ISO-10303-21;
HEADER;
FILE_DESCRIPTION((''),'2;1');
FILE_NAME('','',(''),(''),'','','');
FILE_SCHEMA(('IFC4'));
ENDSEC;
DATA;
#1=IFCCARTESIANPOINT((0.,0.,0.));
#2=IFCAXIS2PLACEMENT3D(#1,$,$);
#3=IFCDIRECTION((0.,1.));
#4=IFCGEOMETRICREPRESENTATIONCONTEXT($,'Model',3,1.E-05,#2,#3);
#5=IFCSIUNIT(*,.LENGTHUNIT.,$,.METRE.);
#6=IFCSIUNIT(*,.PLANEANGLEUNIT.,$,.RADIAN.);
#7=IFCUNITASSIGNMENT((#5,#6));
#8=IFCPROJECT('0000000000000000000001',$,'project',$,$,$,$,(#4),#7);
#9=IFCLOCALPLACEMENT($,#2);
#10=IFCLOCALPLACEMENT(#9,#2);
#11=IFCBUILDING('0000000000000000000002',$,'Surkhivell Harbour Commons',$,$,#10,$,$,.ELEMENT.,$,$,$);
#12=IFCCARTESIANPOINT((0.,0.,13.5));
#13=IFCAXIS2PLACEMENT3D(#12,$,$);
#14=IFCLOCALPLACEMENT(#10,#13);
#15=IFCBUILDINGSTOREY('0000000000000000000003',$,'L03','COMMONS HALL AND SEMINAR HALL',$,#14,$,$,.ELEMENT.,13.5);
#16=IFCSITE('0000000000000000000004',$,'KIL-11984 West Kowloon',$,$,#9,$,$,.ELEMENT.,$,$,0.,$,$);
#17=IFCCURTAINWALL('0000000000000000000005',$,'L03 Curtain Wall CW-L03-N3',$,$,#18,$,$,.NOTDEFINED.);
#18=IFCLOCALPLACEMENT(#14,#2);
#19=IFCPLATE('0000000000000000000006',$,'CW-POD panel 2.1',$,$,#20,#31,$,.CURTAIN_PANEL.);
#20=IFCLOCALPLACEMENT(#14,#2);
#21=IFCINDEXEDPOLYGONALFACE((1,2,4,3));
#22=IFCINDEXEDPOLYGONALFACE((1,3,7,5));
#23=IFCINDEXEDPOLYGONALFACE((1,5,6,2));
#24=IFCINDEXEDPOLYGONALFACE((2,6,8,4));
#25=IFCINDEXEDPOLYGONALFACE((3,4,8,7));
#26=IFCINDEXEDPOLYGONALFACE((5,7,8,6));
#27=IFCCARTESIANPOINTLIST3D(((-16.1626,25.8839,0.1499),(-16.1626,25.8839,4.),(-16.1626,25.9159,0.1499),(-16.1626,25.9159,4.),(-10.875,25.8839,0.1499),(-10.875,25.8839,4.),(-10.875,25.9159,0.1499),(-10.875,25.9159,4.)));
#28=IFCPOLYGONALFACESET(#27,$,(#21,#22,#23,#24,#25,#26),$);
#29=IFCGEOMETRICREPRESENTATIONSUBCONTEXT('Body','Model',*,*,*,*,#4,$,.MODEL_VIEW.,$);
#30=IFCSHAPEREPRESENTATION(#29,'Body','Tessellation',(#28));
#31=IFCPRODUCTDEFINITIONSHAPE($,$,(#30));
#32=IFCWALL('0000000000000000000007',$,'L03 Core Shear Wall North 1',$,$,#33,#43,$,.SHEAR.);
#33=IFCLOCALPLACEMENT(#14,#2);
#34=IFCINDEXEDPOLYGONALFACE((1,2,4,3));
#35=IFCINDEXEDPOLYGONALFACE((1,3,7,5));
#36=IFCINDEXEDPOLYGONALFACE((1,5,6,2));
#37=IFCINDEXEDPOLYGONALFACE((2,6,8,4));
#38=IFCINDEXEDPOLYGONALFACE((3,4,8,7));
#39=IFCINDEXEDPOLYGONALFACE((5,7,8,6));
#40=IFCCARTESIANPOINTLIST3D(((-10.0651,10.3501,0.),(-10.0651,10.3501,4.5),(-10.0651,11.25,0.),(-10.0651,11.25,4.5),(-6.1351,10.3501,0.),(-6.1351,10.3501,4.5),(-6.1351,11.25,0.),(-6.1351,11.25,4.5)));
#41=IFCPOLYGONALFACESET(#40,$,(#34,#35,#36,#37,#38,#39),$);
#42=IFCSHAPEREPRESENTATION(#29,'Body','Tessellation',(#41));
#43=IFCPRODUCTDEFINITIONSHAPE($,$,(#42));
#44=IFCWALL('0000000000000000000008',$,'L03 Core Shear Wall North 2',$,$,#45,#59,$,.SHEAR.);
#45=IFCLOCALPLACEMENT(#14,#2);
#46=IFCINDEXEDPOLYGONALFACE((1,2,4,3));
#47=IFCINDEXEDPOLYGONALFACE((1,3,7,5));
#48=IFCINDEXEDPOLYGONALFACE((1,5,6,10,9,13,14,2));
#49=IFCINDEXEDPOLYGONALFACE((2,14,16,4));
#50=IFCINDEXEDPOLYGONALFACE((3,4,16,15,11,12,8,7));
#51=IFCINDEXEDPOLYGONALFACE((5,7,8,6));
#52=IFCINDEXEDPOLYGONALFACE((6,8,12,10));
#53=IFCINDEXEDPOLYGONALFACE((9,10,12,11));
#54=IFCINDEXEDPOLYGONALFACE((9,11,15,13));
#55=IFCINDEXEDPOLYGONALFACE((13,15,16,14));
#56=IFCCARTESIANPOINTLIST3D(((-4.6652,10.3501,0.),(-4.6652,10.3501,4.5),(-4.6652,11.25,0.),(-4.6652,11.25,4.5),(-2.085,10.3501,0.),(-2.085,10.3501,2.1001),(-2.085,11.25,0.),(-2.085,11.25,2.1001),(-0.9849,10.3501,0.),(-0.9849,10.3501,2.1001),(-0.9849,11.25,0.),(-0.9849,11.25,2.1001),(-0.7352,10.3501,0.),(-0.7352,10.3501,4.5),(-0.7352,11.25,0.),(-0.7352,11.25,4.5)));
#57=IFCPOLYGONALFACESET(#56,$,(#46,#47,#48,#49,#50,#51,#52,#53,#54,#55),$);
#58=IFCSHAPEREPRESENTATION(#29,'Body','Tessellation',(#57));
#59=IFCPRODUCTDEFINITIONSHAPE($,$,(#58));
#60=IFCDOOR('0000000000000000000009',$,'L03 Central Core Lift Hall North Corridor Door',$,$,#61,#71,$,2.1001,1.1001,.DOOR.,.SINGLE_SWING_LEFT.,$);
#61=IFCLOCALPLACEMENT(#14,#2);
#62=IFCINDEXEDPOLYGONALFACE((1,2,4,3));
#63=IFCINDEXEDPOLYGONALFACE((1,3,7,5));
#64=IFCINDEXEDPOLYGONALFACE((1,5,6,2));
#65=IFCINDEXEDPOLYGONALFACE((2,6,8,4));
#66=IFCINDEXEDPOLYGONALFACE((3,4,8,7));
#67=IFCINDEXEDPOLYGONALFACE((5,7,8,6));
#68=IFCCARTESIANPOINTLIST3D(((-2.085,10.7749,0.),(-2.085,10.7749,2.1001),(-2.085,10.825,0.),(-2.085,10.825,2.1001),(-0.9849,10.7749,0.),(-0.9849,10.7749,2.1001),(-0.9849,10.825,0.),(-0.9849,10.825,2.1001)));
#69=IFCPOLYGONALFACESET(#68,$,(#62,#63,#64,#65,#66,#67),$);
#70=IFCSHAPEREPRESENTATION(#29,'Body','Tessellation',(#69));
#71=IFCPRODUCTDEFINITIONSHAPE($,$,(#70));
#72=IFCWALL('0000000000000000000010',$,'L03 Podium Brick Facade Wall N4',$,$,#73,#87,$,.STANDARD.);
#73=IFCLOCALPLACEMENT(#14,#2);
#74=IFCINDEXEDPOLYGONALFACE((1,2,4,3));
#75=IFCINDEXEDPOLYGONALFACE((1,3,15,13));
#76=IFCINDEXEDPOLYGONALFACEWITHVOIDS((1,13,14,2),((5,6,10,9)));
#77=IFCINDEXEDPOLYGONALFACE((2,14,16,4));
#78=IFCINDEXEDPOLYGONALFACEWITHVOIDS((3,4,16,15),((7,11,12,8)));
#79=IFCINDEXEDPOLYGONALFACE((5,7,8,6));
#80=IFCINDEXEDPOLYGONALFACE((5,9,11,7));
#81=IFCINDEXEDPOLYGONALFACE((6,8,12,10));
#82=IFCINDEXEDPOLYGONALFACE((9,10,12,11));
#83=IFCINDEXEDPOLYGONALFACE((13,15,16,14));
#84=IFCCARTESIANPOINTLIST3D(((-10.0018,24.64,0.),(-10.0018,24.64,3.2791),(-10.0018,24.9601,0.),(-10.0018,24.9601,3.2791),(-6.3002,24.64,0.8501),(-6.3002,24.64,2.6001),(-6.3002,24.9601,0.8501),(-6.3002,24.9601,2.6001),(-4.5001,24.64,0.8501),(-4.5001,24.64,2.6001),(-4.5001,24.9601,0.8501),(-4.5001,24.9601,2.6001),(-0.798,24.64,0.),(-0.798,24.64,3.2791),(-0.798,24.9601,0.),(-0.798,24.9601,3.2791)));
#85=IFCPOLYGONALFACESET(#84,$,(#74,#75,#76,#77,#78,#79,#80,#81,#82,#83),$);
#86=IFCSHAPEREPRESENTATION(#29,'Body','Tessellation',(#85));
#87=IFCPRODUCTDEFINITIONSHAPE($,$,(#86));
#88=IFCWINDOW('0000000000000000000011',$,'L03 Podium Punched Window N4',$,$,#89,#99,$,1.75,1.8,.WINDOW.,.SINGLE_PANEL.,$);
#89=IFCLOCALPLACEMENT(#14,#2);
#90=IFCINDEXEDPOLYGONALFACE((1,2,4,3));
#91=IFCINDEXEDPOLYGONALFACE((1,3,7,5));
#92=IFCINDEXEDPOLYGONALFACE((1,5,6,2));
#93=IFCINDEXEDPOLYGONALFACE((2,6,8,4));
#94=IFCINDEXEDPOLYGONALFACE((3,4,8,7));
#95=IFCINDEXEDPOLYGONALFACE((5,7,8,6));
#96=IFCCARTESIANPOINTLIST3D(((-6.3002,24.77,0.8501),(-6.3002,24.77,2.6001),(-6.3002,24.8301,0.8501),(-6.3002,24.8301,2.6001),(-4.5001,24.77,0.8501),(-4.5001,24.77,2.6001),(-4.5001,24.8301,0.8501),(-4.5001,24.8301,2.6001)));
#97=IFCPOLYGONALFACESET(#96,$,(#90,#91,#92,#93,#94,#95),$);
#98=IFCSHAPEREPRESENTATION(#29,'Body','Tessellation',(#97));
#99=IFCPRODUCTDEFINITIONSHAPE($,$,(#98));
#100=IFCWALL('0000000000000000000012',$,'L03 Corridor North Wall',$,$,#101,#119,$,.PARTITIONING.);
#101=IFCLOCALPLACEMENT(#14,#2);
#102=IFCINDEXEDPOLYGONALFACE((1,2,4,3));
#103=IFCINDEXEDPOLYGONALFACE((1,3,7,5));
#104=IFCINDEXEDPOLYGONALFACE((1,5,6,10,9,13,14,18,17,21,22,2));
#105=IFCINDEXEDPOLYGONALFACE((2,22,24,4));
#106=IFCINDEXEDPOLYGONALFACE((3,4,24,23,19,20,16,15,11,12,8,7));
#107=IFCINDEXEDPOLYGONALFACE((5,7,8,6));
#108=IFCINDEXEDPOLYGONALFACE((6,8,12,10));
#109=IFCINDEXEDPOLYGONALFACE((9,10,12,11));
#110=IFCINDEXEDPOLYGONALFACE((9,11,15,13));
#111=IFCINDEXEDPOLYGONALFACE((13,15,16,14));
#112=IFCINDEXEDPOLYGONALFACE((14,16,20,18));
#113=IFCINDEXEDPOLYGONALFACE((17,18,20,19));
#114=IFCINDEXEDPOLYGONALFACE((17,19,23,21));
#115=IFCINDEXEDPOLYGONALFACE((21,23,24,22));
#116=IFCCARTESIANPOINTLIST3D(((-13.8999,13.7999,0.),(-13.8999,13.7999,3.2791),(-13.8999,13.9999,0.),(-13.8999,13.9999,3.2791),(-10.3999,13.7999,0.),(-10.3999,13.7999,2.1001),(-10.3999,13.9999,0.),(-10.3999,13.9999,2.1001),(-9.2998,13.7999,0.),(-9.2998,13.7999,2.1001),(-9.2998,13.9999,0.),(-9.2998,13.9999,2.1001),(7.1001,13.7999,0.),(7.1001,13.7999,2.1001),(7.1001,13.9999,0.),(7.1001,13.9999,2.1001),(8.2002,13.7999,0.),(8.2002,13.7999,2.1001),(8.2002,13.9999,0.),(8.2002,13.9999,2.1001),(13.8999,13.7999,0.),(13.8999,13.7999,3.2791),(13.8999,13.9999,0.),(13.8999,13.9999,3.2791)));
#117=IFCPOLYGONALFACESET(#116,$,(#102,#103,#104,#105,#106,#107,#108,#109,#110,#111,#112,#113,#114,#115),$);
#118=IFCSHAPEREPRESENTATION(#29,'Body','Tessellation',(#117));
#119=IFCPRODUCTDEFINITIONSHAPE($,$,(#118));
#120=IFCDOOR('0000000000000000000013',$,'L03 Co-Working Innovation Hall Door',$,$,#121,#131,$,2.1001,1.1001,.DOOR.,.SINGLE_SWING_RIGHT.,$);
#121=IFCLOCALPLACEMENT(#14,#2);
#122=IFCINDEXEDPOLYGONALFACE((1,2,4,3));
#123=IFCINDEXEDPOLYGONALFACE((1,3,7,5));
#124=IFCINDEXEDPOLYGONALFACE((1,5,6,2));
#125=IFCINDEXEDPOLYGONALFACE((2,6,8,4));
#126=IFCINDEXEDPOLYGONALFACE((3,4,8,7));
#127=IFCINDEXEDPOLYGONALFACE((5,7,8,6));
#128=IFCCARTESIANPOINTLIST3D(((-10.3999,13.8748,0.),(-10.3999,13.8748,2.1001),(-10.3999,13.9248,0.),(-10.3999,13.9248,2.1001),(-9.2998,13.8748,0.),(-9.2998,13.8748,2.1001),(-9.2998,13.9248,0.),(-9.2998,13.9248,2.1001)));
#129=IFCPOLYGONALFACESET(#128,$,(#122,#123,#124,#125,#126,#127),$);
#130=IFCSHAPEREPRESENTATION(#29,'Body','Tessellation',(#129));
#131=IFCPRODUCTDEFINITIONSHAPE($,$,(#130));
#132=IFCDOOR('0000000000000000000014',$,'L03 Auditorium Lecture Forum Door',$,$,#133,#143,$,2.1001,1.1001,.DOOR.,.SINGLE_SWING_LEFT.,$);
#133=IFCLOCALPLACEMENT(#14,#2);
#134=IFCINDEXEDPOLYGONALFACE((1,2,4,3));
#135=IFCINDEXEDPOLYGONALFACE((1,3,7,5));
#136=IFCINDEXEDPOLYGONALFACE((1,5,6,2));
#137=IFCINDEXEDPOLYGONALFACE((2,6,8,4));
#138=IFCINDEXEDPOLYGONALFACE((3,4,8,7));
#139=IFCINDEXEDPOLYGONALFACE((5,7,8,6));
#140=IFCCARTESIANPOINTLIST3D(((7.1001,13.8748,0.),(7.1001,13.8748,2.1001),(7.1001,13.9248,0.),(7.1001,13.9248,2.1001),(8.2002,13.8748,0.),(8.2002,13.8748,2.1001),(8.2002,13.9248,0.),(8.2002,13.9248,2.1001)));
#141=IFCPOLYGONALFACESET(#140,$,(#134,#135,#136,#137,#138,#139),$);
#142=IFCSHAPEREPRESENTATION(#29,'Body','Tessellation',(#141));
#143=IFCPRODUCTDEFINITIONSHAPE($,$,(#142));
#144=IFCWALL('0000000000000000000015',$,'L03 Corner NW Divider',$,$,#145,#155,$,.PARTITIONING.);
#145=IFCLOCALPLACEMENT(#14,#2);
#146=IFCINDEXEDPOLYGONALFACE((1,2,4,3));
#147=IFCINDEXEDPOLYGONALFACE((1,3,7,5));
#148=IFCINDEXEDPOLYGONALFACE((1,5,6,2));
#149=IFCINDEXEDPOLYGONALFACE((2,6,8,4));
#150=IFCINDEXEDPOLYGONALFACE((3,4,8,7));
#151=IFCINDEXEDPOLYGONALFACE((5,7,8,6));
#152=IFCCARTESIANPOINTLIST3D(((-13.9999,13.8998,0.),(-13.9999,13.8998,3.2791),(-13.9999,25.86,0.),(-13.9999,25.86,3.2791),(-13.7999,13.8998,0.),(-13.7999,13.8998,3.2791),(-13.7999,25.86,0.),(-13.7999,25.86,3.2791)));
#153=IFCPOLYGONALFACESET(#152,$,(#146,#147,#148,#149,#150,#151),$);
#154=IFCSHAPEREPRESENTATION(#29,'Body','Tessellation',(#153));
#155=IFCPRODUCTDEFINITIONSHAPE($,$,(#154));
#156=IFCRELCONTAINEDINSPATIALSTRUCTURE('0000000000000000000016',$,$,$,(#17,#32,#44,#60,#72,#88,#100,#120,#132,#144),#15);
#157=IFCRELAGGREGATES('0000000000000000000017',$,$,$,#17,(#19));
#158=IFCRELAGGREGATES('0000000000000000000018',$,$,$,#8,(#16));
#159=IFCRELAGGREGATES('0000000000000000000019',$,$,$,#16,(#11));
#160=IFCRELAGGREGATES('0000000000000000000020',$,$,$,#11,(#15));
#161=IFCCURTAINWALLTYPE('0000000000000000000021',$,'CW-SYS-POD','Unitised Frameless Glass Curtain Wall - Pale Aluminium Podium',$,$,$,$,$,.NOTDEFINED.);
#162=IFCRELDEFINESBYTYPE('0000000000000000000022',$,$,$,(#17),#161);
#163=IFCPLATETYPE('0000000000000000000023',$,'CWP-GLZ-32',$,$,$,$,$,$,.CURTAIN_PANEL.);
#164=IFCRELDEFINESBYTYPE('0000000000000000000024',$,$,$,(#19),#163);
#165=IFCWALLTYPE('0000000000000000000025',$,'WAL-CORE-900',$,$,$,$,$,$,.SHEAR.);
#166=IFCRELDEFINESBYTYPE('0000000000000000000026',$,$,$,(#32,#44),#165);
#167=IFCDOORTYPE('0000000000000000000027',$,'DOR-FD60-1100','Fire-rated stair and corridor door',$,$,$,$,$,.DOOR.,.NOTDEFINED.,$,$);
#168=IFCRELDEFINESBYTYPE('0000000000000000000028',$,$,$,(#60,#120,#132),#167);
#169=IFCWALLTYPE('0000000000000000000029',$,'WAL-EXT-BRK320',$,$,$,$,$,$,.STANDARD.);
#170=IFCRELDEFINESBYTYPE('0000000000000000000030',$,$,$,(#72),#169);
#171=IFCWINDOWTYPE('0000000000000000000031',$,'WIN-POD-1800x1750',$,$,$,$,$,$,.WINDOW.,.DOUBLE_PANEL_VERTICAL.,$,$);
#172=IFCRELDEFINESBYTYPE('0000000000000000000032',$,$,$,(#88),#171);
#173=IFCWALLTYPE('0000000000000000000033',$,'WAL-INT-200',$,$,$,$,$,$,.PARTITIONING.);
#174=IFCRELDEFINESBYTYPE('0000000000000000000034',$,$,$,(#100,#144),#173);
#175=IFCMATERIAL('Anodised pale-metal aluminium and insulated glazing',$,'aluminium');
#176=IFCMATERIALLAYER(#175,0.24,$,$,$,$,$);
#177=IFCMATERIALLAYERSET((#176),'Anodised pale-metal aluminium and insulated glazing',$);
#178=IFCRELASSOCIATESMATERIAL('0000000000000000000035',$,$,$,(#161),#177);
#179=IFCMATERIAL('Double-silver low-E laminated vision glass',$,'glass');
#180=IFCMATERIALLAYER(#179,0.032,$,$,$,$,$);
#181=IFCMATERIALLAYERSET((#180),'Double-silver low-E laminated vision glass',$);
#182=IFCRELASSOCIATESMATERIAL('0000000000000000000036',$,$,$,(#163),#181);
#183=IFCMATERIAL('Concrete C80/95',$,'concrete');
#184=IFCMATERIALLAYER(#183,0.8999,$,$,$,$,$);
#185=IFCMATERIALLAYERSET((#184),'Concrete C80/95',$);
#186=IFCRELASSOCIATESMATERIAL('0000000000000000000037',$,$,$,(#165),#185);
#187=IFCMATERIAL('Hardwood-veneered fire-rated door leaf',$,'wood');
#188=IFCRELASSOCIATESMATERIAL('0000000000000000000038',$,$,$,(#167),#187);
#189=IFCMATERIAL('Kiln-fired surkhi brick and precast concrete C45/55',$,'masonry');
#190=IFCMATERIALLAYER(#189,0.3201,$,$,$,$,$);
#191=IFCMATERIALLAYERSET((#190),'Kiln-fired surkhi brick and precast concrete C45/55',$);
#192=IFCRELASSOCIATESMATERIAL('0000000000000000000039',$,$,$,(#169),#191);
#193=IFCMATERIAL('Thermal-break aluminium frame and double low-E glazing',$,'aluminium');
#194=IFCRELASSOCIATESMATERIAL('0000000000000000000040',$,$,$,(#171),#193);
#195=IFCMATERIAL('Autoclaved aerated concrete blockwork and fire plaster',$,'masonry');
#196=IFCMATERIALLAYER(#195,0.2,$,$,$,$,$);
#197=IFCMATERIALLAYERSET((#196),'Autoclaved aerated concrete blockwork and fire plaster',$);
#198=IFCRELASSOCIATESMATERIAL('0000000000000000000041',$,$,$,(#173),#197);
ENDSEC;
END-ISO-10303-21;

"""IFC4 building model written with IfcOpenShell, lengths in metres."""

from ifc_helpers import new_model, si_unit, direction, frame, frame_2d, origin, place, context, subcontext, project, spatial, rectangle, extrude, material, layer, layer_set, type_object, element, fill, aggregate, save


model = new_model("IFC4")

# Units and contexts
model_context = context("Model", 3, precision=1e-05, world=origin(), true_north=direction((0.0, 1.0)))
body_context = subcontext(model_context, "Body", "Model", "MODEL_VIEW")
ifc_project = project(units=[si_unit("LENGTHUNIT", "METRE"), si_unit("PLANEANGLEUNIT", "RADIAN")], contexts=[model_context])

# Site, building, storey
site_placement = place(None, origin())
site = spatial("IfcSite", under=ifc_project, at=site_placement, Name="KIL-11984 West Kowloon", CompositionType="ELEMENT", RefElevation=0.0)
building_placement = place(site_placement, origin())
building = spatial("IfcBuilding", under=site, at=building_placement, Name="Surkhivell Harbour Commons", CompositionType="ELEMENT")
storey_placement = place(building_placement, frame((0.0, 0.0, 13.5)))
storey = spatial("IfcBuildingStorey", under=building, at=storey_placement, Name="L03", Description="COMMONS HALL AND SEMINAR HALL", CompositionType="ELEMENT", Elevation=13.5)

# Shared definitions
ifc_material_1 = material(Name="Concrete C80/95", Category="concrete")

# Curtain wall, plate
ifc_material_2 = material(Name="Anodised pale-metal aluminium and insulated glazing", Category="aluminium")
ifc_layer_1 = layer(ifc_material_2, 0.24)
ifc_layer_set_1 = layer_set([ifc_layer_1], Name="Anodised pale-metal aluminium and insulated glazing")
curtain_wall_type = type_object("IfcCurtainWallType", Name="CW-SYS-POD", Description="Unitised Frameless Glass Curtain Wall - Pale Aluminium Podium", PredefinedType="NOTDEFINED", material=ifc_layer_set_1)
curtain_wall_placement = place(storey_placement, origin())
curtain_wall = element("IfcCurtainWall", 1, at=curtain_wall_placement, inside=storey, type_object=curtain_wall_type, Name="L03 Curtain Wall CW-L03-N3", PredefinedType="NOTDEFINED")
ifc_material_3 = material(Name="Double-silver low-E laminated vision glass", Category="glass")
ifc_layer_2 = layer(ifc_material_3, 0.032)
ifc_layer_set_2 = layer_set([ifc_layer_2], Name="Double-silver low-E laminated vision glass")
plate_type = type_object("IfcPlateType", Name="CWP-GLZ-32", PredefinedType="CURTAIN_PANEL", material=ifc_layer_set_2)
plate_1_placement = place(storey_placement, frame((-16.1626, 25.8999, 0.1499), z_axis=(0.0, 0.0, 1.0), x_axis=(1.0, 0.0, 0.0)))
plate_1 = element("IfcPlate", 2, at=plate_1_placement, type_object=plate_type, Name="CW-POD panel 2.1", PredefinedType="CURTAIN_PANEL", context=body_context, shape_type="SweptSolid", body=[
    extrude(rectangle(XDim=5.2876, YDim=0.032, at=frame_2d((2.6438, 0.0))), origin(), (0.0, 0.0, 1.0), 3.8501),
])
aggregate(curtain_wall, [plate_1])

# Wall
ifc_layer_3 = layer(ifc_material_1, 0.8999)
ifc_layer_set_3 = layer_set([ifc_layer_3], Name="Concrete C80/95")
wall_type_1 = type_object("IfcWallType", Name="WAL-CORE-900", PredefinedType="SHEAR", material=ifc_layer_set_3)
wall_1_placement = place(storey_placement, frame((-10.0649, 10.8, 0.0), z_axis=(0.0, 0.0, 1.0), x_axis=(1.0, 0.0, 0.0)))
element("IfcWall", 3, at=wall_1_placement, inside=storey, type_object=wall_type_1, Name="L03 Core Shear Wall North 1", PredefinedType="SHEAR", context=body_context, shape_type="SweptSolid", body=[
    extrude(rectangle(XDim=3.9299, YDim=0.8999, at=frame_2d((1.9648, 0.0))), origin(), (0.0, 0.0, 1.0), 4.5),
])

# Wall, opening, door
wall_2_placement = place(storey_placement, frame((-4.665, 10.8, 0.0), z_axis=(0.0, 0.0, 1.0), x_axis=(1.0, 0.0, 0.0)))
wall_2 = element("IfcWall", 4, at=wall_2_placement, inside=storey, type_object=wall_type_1, Name="L03 Core Shear Wall North 2", PredefinedType="SHEAR", context=body_context, shape_type="SweptSolid", body=[
    extrude(rectangle(XDim=3.9299, YDim=0.8999, at=frame_2d((1.9648, 0.0))), origin(), (0.0, 0.0, 1.0), 4.5),
])
opening_1_placement = place(wall_2_placement, frame((2.5801, 0.0, 0.0)))
opening_1 = element("IfcOpeningElement", 5, at=opening_1_placement, cuts=wall_2, PredefinedType="OPENING", context=body_context, shape_type="SweptSolid", body=[
    extrude(rectangle(XDim=1.1001, YDim=2.1001, at=frame_2d((0.55, 1.05))), frame((0.0, 0.46, 0.0), z_axis=(0.0, -1.0, 0.0), x_axis=(1.0, 0.0, 0.0)), (0.0, 0.0, 1.0), 0.9199),
])
ifc_material_4 = material(Name="Hardwood-veneered fire-rated door leaf", Category="wood")
door_type = type_object("IfcDoorType", Name="DOR-FD60-1100", Description="Fire-rated stair and corridor door", OperationType="NOTDEFINED", PredefinedType="DOOR", material=ifc_material_4)
door_1_placement = place(opening_1_placement, origin())
door_1 = element("IfcDoor", 6, at=door_1_placement, inside=storey, type_object=door_type, Name="L03 Central Core Lift Hall North Corridor Door", OperationType="SINGLE_SWING_LEFT", OverallHeight=2.1001, OverallWidth=1.1001, PredefinedType="DOOR", context=body_context, shape_type="SweptSolid", body=[
    extrude(rectangle(XDim=1.1001, YDim=2.1001, at=frame_2d((0.55, 1.05))), frame((0.0, 0.0249, 0.0), z_axis=(0.0, -1.0, 0.0), x_axis=(1.0, 0.0, 0.0)), (0.0, 0.0, 1.0), 0.05),
])
fill(opening_1, door_1)

# Wall, opening, window
ifc_material_5 = material(Name="Kiln-fired surkhi brick and precast concrete C45/55", Category="masonry")
ifc_layer_4 = layer(ifc_material_5, 0.3201)
ifc_layer_set_4 = layer_set([ifc_layer_4], Name="Kiln-fired surkhi brick and precast concrete C45/55")
wall_type_2 = type_object("IfcWallType", Name="WAL-EXT-BRK320", PredefinedType="STANDARD", material=ifc_layer_set_4)
wall_3_placement = place(storey_placement, frame((-10.002, 24.8, 0.0), z_axis=(0.0, 0.0, 1.0), x_axis=(1.0, 0.0, 0.0)))
wall_3 = element("IfcWall", 7, at=wall_3_placement, inside=storey, type_object=wall_type_2, Name="L03 Podium Brick Facade Wall N4", PredefinedType="STANDARD", context=body_context, shape_type="SweptSolid", body=[
    extrude(rectangle(XDim=9.2039, YDim=0.3201, at=frame_2d((4.6021, 0.0))), origin(), (0.0, 0.0, 1.0), 3.2791),
])
opening_2_placement = place(wall_3_placement, frame((3.7019, 0.0, 0.8501)))
opening_2 = element("IfcOpeningElement", 8, at=opening_2_placement, cuts=wall_3, PredefinedType="OPENING", context=body_context, shape_type="SweptSolid", body=[
    extrude(rectangle(XDim=1.8, YDim=1.75, at=frame_2d((0.8999, 0.875))), frame((0.0, 0.1699, 0.0), z_axis=(0.0, -1.0, 0.0), x_axis=(1.0, 0.0, 0.0)), (0.0, 0.0, 1.0), 0.3401),
])
ifc_material_6 = material(Name="Thermal-break aluminium frame and double low-E glazing", Category="aluminium")
window_type = type_object("IfcWindowType", Name="WIN-POD-1800x1750", PartitioningType="DOUBLE_PANEL_VERTICAL", PredefinedType="WINDOW", material=ifc_material_6)
window_placement = place(opening_2_placement, origin())
window = element("IfcWindow", 9, at=window_placement, inside=storey, type_object=window_type, Name="L03 Podium Punched Window N4", OverallHeight=1.75, OverallWidth=1.8, PartitioningType="SINGLE_PANEL", PredefinedType="WINDOW", context=body_context, shape_type="SweptSolid", body=[
    extrude(rectangle(XDim=1.8, YDim=1.75, at=frame_2d((0.8999, 0.875))), frame((0.0, 0.03, 0.0), z_axis=(0.0, -1.0, 0.0), x_axis=(1.0, 0.0, 0.0)), (0.0, 0.0, 1.0), 0.0601),
])
fill(opening_2, window)

# Wall, openings, doors
ifc_material_7 = material(Name="Autoclaved aerated concrete blockwork and fire plaster", Category="masonry")
ifc_layer_5 = layer(ifc_material_7, 0.2)
ifc_layer_set_5 = layer_set([ifc_layer_5], Name="Autoclaved aerated concrete blockwork and fire plaster")
wall_type_3 = type_object("IfcWallType", Name="WAL-INT-200", PredefinedType="PARTITIONING", material=ifc_layer_set_5)
wall_4_placement = place(storey_placement, frame((-13.8999, 13.8999, 0.0), z_axis=(0.0, 0.0, 1.0), x_axis=(1.0, 0.0, 0.0)))
wall_4 = element("IfcWall", 10, at=wall_4_placement, inside=storey, type_object=wall_type_3, Name="L03 Corridor North Wall", PredefinedType="PARTITIONING", context=body_context, shape_type="SweptSolid", body=[
    extrude(rectangle(XDim=27.7998, YDim=0.2, at=frame_2d((13.8999, 0.0))), origin(), (0.0, 0.0, 1.0), 3.2791),
])
opening_3_placement = place(wall_4_placement, frame((3.5, 0.0, 0.0)))
opening_3 = element("IfcOpeningElement", 11, at=opening_3_placement, cuts=wall_4, PredefinedType="OPENING", context=body_context, shape_type="SweptSolid", body=[
    extrude(rectangle(XDim=1.1001, YDim=2.1001, at=frame_2d((0.55, 1.05))), frame((0.0, 0.1099, 0.0), z_axis=(0.0, -1.0, 0.0), x_axis=(1.0, 0.0, 0.0)), (0.0, 0.0, 1.0), 0.22),
])
opening_4_placement = place(wall_4_placement, frame((21.0, 0.0, 0.0)))
opening_4 = element("IfcOpeningElement", 12, at=opening_4_placement, cuts=wall_4, PredefinedType="OPENING", context=body_context, shape_type="SweptSolid", body=[
    extrude(rectangle(XDim=1.1001, YDim=2.1001, at=frame_2d((0.55, 1.05))), frame((0.0, 0.1099, 0.0), z_axis=(0.0, -1.0, 0.0), x_axis=(1.0, 0.0, 0.0)), (0.0, 0.0, 1.0), 0.22),
])
door_2_placement = place(opening_3_placement, origin())
door_2 = element("IfcDoor", 13, at=door_2_placement, inside=storey, type_object=door_type, Name="L03 Co-Working Innovation Hall Door", OperationType="SINGLE_SWING_RIGHT", OverallHeight=2.1001, OverallWidth=1.1001, PredefinedType="DOOR", context=body_context, shape_type="SweptSolid", body=[
    extrude(rectangle(XDim=1.1001, YDim=2.1001, at=frame_2d((0.55, 1.05))), frame((0.0, 0.0249, 0.0), z_axis=(0.0, -1.0, 0.0), x_axis=(1.0, 0.0, 0.0)), (0.0, 0.0, 1.0), 0.05),
])
fill(opening_3, door_2)
door_3_placement = place(opening_4_placement, origin())
door_3 = element("IfcDoor", 14, at=door_3_placement, inside=storey, type_object=door_type, Name="L03 Auditorium Lecture Forum Door", OperationType="SINGLE_SWING_LEFT", OverallHeight=2.1001, OverallWidth=1.1001, PredefinedType="DOOR", context=body_context, shape_type="SweptSolid", body=[
    extrude(rectangle(XDim=1.1001, YDim=2.1001, at=frame_2d((0.55, 1.05))), frame((0.0, 0.0249, 0.0), z_axis=(0.0, -1.0, 0.0), x_axis=(1.0, 0.0, 0.0)), (0.0, 0.0, 1.0), 0.05),
])
fill(opening_4, door_3)

# Wall
wall_5_placement = place(storey_placement, frame((-13.8999, 13.8999, 0.0), z_axis=(0.0, 0.0, 1.0), x_axis=(0.0, 1.0, 0.0)))
element("IfcWall", 15, at=wall_5_placement, inside=storey, type_object=wall_type_3, Name="L03 Corner NW Divider", PredefinedType="PARTITIONING", context=body_context, shape_type="SweptSolid", body=[
    extrude(rectangle(XDim=11.9602, YDim=0.2, at=frame_2d((5.98, 0.0))), origin(), (0.0, 0.0, 1.0), 3.2791),
])

save(model, "model.ifc")
